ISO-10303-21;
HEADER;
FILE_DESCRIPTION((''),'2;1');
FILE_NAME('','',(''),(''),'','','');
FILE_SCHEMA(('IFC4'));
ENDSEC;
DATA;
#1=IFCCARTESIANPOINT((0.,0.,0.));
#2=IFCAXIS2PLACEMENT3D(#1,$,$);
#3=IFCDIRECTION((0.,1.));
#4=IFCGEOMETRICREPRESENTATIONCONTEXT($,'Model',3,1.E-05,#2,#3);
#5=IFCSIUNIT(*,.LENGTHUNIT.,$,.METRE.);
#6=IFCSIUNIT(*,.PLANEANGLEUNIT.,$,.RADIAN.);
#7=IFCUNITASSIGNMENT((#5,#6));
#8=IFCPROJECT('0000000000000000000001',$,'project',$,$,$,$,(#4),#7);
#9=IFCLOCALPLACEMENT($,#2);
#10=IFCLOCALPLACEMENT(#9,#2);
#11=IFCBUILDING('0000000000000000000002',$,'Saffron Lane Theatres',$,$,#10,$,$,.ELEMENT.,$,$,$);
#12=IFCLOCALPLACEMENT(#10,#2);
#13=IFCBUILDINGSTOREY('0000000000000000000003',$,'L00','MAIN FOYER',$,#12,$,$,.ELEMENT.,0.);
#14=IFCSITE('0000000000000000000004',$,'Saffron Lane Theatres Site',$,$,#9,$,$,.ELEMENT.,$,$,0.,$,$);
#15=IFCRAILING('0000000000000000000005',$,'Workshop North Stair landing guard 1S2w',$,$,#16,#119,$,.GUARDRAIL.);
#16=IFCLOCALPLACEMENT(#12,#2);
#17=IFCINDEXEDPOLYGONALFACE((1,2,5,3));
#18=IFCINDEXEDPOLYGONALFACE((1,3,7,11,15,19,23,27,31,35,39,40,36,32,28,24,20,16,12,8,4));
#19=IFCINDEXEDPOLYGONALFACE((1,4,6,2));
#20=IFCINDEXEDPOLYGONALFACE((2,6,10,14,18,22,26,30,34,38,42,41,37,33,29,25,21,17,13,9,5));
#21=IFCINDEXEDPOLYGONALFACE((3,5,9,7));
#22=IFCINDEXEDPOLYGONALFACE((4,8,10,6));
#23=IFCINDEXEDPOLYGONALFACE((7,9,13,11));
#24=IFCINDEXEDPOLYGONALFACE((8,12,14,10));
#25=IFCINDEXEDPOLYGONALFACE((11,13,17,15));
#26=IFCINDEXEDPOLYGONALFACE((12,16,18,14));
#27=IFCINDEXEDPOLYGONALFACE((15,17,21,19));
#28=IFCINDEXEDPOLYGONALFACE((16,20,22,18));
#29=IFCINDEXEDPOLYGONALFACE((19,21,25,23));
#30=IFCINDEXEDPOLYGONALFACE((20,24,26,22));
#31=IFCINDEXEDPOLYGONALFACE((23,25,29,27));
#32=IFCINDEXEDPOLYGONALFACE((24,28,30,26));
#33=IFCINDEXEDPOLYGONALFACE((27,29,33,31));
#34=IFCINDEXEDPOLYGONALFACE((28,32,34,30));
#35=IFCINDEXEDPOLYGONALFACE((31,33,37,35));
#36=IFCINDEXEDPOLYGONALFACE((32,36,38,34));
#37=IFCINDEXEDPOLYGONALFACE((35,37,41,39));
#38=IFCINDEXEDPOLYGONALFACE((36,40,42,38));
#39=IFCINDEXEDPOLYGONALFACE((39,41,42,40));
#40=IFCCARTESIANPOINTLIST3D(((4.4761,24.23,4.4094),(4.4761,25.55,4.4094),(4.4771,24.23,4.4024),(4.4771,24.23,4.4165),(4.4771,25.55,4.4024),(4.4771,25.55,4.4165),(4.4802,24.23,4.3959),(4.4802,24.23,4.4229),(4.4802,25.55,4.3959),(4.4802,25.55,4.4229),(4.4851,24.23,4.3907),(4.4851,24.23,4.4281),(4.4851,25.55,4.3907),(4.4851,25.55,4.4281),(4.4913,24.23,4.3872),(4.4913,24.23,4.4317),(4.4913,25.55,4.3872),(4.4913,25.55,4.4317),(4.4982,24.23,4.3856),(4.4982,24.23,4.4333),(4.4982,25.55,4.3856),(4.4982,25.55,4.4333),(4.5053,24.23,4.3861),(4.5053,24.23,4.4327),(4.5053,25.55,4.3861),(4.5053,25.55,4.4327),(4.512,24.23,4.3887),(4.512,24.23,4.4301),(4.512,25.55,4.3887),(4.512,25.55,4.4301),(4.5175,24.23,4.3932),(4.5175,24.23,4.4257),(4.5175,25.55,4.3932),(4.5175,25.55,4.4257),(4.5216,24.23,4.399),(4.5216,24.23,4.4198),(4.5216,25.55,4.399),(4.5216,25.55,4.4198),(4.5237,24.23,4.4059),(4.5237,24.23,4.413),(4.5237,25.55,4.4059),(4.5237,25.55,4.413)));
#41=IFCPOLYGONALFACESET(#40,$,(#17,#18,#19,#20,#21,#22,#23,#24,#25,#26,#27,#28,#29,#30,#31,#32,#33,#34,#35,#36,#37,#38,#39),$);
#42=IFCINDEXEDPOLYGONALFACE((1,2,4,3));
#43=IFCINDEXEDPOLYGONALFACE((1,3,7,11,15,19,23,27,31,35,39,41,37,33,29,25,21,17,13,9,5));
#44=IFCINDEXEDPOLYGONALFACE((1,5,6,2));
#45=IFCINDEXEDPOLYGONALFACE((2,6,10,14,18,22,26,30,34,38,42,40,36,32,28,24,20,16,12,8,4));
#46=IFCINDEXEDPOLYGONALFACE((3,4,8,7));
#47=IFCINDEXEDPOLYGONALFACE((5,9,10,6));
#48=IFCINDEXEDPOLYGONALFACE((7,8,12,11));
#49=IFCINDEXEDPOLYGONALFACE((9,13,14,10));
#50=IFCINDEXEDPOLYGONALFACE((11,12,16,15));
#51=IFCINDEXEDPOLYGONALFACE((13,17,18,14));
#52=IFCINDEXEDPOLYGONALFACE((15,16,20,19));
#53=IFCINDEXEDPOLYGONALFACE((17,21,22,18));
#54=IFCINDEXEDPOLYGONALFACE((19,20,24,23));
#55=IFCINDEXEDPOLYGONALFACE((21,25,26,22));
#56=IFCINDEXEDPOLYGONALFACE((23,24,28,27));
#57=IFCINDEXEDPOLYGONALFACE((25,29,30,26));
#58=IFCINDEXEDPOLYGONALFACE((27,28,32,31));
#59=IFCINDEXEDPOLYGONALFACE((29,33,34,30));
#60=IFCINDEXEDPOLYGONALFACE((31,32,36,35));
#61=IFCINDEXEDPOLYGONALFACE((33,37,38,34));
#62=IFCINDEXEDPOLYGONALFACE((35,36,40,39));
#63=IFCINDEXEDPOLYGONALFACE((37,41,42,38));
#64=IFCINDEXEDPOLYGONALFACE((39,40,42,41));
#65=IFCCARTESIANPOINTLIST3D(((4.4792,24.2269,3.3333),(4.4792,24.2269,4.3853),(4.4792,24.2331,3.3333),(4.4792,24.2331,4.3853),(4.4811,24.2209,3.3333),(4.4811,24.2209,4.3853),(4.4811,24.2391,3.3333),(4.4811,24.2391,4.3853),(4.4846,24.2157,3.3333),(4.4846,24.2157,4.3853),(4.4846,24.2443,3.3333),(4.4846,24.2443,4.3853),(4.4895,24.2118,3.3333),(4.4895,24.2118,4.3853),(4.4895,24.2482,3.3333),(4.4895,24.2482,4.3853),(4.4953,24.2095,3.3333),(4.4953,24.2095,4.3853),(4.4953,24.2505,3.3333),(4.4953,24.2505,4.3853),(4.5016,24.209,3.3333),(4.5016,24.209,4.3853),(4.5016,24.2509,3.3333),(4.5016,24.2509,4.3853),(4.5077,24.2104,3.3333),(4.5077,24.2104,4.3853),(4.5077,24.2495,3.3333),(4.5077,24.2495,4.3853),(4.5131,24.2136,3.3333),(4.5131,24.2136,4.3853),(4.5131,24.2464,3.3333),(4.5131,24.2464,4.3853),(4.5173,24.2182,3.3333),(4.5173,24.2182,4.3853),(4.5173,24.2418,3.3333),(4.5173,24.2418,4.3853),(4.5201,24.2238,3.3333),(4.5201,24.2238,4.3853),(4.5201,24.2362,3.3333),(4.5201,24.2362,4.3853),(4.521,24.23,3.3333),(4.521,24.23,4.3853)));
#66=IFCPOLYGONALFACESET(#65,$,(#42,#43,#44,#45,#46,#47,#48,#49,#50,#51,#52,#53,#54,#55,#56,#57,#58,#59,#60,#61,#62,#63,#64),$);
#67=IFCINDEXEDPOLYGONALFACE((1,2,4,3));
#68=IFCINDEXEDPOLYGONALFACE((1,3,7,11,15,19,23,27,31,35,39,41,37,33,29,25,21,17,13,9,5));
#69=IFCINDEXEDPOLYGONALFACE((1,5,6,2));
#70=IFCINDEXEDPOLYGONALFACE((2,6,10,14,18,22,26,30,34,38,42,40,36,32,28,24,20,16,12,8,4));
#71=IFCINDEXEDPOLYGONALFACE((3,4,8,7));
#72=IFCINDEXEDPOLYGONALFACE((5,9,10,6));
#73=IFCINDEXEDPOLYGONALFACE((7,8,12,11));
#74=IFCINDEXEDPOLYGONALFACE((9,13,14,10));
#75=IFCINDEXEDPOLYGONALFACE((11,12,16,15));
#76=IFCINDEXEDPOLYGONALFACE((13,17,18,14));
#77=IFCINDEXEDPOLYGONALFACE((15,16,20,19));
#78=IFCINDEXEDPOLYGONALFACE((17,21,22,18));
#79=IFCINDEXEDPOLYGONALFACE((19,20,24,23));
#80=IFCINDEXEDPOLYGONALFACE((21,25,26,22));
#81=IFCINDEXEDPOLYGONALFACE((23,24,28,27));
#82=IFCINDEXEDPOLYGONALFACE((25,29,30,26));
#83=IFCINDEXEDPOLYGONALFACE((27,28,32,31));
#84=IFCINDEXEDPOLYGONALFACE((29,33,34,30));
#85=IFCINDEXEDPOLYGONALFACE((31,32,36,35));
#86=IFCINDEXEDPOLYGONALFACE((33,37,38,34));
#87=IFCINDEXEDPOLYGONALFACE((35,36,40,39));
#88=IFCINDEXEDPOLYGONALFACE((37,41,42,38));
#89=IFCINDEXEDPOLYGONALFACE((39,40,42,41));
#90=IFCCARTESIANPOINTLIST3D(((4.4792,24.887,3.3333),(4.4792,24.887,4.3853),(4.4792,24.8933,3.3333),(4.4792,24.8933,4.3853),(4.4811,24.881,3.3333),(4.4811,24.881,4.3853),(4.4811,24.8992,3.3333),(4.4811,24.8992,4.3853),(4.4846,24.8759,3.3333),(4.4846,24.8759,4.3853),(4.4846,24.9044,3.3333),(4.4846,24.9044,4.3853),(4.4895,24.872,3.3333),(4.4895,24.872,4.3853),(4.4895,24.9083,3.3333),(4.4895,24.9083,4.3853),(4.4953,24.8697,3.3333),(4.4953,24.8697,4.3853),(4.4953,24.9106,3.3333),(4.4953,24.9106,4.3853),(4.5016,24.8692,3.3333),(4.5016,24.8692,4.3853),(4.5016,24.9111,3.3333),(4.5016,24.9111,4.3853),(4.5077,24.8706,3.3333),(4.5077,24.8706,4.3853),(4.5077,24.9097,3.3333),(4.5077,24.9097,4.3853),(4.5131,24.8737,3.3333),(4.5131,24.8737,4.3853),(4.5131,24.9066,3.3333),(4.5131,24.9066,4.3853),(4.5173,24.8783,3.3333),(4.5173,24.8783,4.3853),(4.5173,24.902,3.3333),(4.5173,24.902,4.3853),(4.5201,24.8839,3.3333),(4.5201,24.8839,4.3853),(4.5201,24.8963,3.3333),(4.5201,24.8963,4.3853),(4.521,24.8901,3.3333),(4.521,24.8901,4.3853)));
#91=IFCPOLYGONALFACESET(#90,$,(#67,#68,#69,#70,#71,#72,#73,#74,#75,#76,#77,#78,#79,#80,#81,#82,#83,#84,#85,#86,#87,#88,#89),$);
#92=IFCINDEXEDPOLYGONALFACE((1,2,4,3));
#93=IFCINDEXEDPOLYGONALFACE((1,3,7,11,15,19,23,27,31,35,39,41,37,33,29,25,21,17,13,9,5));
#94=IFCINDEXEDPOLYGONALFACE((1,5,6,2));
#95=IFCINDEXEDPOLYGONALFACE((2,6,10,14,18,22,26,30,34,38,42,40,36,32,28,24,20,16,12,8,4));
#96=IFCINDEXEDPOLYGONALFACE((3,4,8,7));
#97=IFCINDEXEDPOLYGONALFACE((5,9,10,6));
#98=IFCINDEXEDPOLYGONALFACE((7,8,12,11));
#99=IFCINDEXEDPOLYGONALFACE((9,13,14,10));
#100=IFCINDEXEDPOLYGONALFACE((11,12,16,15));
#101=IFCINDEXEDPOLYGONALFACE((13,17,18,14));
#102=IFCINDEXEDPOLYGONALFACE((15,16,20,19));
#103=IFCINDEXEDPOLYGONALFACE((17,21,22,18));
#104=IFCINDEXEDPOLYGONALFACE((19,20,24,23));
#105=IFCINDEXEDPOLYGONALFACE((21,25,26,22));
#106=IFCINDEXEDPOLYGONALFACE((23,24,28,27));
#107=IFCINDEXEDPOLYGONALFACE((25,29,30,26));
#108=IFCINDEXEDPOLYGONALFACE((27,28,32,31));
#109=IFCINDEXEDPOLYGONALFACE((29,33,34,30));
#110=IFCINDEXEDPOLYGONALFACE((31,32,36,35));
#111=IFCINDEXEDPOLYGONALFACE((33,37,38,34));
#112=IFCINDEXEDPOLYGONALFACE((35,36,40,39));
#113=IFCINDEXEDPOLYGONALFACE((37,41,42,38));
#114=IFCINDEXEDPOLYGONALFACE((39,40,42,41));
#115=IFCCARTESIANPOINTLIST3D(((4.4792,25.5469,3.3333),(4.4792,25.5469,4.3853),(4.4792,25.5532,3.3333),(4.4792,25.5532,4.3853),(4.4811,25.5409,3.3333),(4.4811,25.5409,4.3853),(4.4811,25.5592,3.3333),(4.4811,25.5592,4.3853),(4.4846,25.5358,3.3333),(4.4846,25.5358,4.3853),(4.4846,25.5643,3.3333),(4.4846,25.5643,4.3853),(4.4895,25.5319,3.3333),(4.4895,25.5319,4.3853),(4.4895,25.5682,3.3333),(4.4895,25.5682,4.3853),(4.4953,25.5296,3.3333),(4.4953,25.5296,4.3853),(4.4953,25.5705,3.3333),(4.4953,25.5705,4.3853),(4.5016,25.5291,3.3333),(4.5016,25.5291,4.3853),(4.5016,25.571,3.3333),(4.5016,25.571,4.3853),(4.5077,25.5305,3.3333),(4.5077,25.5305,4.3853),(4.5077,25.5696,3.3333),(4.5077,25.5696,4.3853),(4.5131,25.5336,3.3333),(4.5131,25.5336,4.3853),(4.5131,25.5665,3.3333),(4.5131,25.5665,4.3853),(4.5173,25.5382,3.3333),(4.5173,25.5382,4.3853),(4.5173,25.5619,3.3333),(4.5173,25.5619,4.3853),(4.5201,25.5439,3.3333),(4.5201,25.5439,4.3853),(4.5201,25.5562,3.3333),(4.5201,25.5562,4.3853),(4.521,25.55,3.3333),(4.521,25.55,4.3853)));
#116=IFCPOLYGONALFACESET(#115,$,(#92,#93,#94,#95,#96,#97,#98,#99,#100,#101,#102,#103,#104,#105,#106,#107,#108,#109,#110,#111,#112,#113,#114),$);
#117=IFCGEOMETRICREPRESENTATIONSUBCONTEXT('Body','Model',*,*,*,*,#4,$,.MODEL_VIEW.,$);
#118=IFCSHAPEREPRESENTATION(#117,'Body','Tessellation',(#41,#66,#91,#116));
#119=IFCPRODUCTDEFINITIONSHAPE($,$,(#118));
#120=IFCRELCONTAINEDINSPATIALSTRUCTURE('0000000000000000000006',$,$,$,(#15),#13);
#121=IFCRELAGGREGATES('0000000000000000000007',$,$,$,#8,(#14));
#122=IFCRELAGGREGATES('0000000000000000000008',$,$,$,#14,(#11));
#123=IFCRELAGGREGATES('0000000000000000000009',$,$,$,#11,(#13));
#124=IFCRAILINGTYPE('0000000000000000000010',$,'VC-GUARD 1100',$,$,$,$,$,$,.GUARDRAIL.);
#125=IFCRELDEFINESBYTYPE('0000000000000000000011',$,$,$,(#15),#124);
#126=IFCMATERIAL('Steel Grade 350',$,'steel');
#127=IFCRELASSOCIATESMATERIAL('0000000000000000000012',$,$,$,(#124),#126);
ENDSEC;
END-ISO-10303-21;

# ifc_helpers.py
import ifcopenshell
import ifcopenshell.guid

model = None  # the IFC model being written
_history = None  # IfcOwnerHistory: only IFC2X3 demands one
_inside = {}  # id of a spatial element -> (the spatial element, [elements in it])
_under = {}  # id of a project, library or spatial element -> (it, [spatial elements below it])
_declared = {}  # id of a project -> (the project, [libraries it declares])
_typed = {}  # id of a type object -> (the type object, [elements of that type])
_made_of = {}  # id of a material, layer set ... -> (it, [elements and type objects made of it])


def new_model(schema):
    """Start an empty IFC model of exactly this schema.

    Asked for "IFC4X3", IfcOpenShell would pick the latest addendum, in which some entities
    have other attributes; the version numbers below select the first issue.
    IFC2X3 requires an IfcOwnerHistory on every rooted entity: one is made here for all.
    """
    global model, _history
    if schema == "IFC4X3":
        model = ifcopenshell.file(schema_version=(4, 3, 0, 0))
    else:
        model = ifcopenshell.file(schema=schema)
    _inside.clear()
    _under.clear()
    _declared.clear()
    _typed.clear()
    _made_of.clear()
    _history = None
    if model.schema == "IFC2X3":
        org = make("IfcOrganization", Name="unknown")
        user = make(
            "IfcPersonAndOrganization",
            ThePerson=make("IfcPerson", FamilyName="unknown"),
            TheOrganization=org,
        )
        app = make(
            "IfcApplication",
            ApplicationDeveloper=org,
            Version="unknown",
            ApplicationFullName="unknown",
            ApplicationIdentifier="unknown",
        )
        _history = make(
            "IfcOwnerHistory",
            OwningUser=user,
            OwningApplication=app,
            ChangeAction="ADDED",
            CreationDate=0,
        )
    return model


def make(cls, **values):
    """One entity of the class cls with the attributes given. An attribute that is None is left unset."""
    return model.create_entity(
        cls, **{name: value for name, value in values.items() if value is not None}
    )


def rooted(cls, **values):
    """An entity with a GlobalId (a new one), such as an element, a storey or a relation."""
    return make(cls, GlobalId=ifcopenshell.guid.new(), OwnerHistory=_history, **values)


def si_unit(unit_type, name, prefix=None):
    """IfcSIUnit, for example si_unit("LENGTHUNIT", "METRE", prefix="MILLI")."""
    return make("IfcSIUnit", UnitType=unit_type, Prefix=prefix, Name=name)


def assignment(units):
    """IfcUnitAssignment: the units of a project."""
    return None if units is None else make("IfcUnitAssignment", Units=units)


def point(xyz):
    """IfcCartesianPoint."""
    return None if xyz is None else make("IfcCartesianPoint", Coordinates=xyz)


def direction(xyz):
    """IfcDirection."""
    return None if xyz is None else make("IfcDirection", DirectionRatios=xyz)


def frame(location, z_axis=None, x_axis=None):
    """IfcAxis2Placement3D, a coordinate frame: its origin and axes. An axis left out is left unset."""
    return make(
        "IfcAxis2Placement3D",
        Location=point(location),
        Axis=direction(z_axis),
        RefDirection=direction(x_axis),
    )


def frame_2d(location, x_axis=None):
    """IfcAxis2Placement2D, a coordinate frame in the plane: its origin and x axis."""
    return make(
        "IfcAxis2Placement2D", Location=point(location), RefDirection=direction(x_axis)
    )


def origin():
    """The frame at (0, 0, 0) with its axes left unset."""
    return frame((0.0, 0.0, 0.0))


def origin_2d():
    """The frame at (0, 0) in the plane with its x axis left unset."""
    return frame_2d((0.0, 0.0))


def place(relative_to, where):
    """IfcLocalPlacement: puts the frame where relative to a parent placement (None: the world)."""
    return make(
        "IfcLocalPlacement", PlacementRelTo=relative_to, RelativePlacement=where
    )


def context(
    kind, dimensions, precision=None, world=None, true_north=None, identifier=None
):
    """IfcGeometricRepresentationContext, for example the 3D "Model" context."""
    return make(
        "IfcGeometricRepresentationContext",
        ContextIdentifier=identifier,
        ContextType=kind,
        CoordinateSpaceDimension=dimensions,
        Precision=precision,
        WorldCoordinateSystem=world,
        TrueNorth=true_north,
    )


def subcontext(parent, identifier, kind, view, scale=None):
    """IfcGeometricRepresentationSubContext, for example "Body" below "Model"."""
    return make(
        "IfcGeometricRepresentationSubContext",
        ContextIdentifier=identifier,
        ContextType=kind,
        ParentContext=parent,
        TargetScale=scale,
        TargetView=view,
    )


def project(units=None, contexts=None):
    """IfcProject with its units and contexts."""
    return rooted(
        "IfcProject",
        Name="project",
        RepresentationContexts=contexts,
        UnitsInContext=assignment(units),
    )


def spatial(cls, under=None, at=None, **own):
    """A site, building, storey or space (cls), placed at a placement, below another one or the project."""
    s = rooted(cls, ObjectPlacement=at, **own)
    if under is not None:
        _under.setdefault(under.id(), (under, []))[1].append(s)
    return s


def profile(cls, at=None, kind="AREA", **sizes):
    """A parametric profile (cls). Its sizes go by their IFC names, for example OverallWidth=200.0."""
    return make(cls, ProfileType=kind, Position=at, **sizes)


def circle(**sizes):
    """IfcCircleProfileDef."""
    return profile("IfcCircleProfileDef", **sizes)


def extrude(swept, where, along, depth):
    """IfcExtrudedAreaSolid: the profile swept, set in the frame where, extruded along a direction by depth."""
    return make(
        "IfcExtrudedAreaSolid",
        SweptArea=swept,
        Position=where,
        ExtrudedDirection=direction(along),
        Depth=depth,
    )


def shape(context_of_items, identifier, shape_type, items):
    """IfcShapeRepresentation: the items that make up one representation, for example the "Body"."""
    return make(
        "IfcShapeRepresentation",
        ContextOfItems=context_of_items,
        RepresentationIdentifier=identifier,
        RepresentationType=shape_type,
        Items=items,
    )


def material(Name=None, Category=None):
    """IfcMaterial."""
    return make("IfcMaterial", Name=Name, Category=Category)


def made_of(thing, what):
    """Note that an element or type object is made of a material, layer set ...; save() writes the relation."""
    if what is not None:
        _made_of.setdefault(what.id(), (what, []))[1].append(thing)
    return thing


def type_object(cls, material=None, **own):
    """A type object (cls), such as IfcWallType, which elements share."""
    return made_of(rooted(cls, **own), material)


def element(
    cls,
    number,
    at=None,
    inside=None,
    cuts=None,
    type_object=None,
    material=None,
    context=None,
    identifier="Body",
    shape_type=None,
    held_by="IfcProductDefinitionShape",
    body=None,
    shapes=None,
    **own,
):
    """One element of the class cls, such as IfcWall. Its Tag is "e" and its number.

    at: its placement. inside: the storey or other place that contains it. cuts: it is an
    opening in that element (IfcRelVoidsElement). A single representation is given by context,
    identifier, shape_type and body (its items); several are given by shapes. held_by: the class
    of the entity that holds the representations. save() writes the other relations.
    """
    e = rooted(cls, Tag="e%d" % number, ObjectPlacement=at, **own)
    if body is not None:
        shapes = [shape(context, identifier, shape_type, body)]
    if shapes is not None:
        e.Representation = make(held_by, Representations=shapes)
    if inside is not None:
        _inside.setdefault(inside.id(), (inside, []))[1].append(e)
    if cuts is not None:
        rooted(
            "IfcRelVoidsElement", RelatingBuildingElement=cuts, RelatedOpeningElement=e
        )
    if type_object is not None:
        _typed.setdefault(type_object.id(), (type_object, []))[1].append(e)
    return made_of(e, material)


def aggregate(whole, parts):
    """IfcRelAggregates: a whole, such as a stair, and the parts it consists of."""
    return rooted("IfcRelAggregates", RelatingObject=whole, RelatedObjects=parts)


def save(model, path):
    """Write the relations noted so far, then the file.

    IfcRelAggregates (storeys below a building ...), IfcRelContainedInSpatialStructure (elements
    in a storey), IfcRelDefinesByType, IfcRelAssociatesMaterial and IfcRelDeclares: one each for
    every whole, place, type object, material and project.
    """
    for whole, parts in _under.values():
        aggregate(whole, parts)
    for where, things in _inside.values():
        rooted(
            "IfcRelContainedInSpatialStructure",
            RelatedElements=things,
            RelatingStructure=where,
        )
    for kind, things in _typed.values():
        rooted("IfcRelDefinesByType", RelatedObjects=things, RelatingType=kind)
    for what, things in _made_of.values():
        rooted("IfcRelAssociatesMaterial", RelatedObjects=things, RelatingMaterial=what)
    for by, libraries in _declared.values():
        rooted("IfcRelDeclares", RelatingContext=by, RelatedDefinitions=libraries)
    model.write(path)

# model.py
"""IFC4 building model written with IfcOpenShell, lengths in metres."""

from ifc_helpers import new_model, si_unit, direction, frame, origin, origin_2d, place, context, subcontext, project, spatial, circle, extrude, material, type_object, element, save


model = new_model("IFC4")

# Units and contexts
model_context = context("Model", 3, precision=1e-05, world=origin(), true_north=direction((0.0, 1.0)))
body_context = subcontext(model_context, "Body", "Model", "MODEL_VIEW")
ifc_project = project(units=[si_unit("LENGTHUNIT", "METRE"), si_unit("PLANEANGLEUNIT", "RADIAN")], contexts=[model_context])

# Site, building, storey
site_placement = place(None, origin())
site = spatial("IfcSite", under=ifc_project, at=site_placement, Name="Saffron Lane Theatres Site", CompositionType="ELEMENT", RefElevation=0.0)
building_placement = place(site_placement, origin())
building = spatial("IfcBuilding", under=site, at=building_placement, Name="Saffron Lane Theatres", CompositionType="ELEMENT")
storey_placement = place(building_placement, origin())
storey = spatial("IfcBuildingStorey", under=building, at=storey_placement, Name="L00", Description="MAIN FOYER", CompositionType="ELEMENT", Elevation=0.0)

# Railing
ifc_material_1 = material(Name="Steel Grade 350", Category="steel")
railing_type_1 = type_object("IfcRailingType", Name="VC-GUARD 1100", PredefinedType="GUARDRAIL", material=ifc_material_1)
railing_1_placement = place(storey_placement, frame((4.5, 24.23, 3.3333)))
element("IfcRailing", 1, at=railing_1_placement, inside=storey, type_object=railing_type_1, Name="Workshop North Stair landing guard 1S2w", PredefinedType="GUARDRAIL", context=body_context, shape_type="SweptSolid", body=[
    extrude(circle(Radius=0.0239, at=origin_2d()), frame((0.0, 0.0, 1.0762), z_axis=(0.0, 1.0, 0.0), x_axis=(-1.0, 0.0, 0.0)), (0.0, 0.0, 1.0), 1.3201),
    extrude(circle(Radius=0.021, at=origin_2d()), origin(), (0.0, 0.0, 1.0), 1.052),
    extrude(circle(Radius=0.021, at=origin_2d()), frame((0.0, 0.6602, 0.0)), (0.0, 0.0, 1.0), 1.052),
    extrude(circle(Radius=0.021, at=origin_2d()), frame((0.0, 1.3201, 0.0)), (0.0, 0.0, 1.0), 1.052),
])

save(model, "model.ifc")
